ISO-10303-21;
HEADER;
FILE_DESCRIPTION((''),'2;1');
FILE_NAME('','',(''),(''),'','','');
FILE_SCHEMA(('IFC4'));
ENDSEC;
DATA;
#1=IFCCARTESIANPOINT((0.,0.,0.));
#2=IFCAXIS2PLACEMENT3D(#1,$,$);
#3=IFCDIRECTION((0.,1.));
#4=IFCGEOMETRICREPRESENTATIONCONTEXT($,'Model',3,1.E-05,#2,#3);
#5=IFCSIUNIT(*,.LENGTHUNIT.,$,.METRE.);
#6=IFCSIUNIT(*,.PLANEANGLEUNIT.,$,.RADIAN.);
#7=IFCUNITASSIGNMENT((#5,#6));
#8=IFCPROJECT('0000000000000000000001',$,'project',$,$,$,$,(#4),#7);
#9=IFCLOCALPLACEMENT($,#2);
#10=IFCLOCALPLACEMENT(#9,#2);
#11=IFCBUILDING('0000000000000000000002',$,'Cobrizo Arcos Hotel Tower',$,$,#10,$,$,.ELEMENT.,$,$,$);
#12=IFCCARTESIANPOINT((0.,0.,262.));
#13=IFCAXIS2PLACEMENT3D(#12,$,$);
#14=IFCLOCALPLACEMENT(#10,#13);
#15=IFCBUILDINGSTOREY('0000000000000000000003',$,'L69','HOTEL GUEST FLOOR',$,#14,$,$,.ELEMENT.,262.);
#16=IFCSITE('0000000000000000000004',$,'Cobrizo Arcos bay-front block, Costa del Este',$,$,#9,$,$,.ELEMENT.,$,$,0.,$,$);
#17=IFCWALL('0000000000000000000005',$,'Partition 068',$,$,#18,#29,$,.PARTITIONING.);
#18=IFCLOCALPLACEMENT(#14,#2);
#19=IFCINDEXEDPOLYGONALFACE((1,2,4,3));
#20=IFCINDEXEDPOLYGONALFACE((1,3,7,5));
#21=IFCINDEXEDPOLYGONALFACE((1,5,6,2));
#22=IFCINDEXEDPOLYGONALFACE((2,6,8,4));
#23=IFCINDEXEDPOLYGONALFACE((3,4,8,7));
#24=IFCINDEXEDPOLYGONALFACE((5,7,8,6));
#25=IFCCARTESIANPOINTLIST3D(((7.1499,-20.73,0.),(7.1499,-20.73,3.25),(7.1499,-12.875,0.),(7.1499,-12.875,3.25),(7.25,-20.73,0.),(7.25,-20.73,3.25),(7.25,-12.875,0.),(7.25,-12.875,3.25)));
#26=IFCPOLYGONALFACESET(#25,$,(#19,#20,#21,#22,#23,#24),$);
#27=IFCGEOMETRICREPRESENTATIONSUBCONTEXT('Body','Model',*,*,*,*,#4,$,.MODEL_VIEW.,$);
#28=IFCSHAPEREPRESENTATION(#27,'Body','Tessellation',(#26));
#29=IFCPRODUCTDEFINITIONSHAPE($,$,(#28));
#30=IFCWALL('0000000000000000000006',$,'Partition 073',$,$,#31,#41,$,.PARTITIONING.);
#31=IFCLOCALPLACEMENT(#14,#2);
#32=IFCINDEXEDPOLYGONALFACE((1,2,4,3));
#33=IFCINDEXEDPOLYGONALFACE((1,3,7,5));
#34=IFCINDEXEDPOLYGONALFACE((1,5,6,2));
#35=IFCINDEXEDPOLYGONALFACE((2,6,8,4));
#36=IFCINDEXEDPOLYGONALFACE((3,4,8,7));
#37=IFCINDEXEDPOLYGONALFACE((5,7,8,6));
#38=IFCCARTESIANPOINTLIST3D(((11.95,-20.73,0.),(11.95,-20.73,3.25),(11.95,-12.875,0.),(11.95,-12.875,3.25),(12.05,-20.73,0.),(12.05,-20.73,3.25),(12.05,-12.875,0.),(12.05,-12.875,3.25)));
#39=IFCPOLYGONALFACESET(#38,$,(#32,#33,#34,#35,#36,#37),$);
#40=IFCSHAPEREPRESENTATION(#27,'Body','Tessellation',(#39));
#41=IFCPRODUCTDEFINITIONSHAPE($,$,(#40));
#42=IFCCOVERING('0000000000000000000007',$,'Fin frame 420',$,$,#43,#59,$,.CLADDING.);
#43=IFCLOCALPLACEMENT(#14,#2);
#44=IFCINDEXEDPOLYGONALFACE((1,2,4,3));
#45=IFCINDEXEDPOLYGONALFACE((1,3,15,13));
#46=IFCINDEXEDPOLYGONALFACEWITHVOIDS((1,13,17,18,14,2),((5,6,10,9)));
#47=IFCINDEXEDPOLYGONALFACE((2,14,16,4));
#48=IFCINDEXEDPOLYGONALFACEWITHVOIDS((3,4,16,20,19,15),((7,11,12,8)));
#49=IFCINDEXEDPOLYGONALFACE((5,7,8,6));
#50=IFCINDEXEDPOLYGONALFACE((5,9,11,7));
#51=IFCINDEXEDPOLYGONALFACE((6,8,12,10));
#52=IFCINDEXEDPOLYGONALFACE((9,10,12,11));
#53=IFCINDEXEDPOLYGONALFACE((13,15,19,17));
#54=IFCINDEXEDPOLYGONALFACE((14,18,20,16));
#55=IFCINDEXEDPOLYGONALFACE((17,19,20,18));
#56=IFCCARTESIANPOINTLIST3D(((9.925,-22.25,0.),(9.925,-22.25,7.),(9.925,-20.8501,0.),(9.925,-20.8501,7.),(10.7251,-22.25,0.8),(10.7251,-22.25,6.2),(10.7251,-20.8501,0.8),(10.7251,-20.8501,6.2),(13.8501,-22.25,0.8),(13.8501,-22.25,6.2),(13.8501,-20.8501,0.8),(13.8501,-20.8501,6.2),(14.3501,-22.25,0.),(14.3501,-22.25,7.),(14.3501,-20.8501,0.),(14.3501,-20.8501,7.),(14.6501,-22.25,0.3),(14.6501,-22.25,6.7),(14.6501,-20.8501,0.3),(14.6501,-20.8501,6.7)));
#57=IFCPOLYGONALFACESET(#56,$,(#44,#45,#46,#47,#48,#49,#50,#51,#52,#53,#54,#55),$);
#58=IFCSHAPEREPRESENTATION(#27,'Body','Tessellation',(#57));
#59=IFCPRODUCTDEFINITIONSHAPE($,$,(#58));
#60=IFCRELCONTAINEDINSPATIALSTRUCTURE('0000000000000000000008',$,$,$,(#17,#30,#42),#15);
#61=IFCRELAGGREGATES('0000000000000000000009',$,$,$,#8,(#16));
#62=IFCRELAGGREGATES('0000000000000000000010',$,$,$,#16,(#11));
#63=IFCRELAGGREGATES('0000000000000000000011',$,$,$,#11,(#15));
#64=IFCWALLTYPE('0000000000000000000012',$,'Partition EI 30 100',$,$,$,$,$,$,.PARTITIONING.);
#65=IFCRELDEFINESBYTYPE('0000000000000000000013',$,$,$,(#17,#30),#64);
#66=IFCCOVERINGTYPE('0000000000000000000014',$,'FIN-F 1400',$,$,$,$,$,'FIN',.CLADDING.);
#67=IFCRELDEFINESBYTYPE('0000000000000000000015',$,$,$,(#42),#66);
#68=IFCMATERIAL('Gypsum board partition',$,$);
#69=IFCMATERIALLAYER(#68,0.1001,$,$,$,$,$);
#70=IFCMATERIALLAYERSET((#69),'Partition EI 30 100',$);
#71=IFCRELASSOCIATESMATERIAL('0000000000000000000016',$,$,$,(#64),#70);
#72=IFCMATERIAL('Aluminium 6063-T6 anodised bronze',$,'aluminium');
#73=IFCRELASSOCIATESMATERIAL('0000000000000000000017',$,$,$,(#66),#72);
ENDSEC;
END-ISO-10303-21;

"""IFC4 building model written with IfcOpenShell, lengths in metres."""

from ifc_helpers import new_model, si_unit, direction, frame, frame_2d, origin, place, context, subcontext, project, spatial, polyline, rectangle, outline, extrude, material, layer, layer_set, type_object, element, save


model = new_model("IFC4")

# Units and contexts
model_context = context("Model", 3, precision=1e-05, world=origin(), true_north=direction((0.0, 1.0)))
body_context = subcontext(model_context, "Body", "Model", "MODEL_VIEW")
ifc_project = project(units=[si_unit("LENGTHUNIT", "METRE"), si_unit("PLANEANGLEUNIT", "RADIAN")], contexts=[model_context])

# Site, building, storey
site_placement = place(None, origin())
site = spatial("IfcSite", under=ifc_project, at=site_placement, Name="Cobrizo Arcos bay-front block, Costa del Este", CompositionType="ELEMENT", RefElevation=0.0)
building_placement = place(site_placement, origin())
building = spatial("IfcBuilding", under=site, at=building_placement, Name="Cobrizo Arcos Hotel Tower", CompositionType="ELEMENT")
storey_placement = place(building_placement, frame((0.0, 0.0, 262.0)))
storey = spatial("IfcBuildingStorey", under=building, at=storey_placement, Name="L69", Description="HOTEL GUEST FLOOR", CompositionType="ELEMENT", Elevation=262.0)

# Shared definitions
ifc_material_1 = material(Name="Aluminium 6063-T6 anodised bronze", Category="aluminium")

# Shared definitions
ifc_material_2 = material(Name="Gypsum board partition")
ifc_layer_1 = layer(ifc_material_2, 0.1001)
ifc_layer_set_1 = layer_set([ifc_layer_1], Name="Partition EI 30 100")
wall_type = type_object("IfcWallType", Name="Partition EI 30 100", PredefinedType="PARTITIONING", material=ifc_layer_set_1)

# Walls
for number, where, z_axis, x_axis, name in (
    (1, (7.2, -20.73, 0.0), (0.0, 0.0, 1.0), (0.0, 1.0, 0.0), "Partition 068"),
    (2, (12.0, -20.73, 0.0), (0.0, 0.0, 1.0), (0.0, 1.0, 0.0), "Partition 073"),
):
    element("IfcWall", number, at=place(storey_placement, frame(where, z_axis=z_axis, x_axis=x_axis)), inside=storey, type_object=wall_type, Name=name, PredefinedType="PARTITIONING", context=body_context, shape_type="SweptSolid", body=[
        extrude(rectangle(XDim=7.855, YDim=0.1001, at=frame_2d((3.9275, 0.0))), origin(), (0.0, 0.0, 1.0), 3.25),
    ])

# Covering
covering_type = type_object("IfcCoveringType", Name="FIN-F 1400", ElementType="FIN", PredefinedType="CLADDING", material=ifc_material_1)
covering_placement = place(storey_placement, frame((9.925, -20.8501, 0.0), z_axis=(0.0, -1.0, 0.0), x_axis=(1.0, 0.0, 0.0)))
element("IfcCovering", 3, at=covering_placement, inside=storey, type_object=covering_type, Name="Fin frame 420", PredefinedType="CLADDING", context=body_context, shape_type="SweptSolid", body=[
    extrude(outline(polyline([(0.0, 7.0), (0.0, 0.0), (4.425, 0.0), (4.7251, 0.3), (4.7251, 6.7), (4.425, 7.0), (0.0, 7.0)]), holes=[polyline([(3.925, 0.8), (0.8, 0.8), (0.8, 6.2), (3.925, 6.2), (3.925, 0.8)])]), origin(), (0.0, 0.0, 1.0), 1.3999),
])

save(model, "model.ifc")
